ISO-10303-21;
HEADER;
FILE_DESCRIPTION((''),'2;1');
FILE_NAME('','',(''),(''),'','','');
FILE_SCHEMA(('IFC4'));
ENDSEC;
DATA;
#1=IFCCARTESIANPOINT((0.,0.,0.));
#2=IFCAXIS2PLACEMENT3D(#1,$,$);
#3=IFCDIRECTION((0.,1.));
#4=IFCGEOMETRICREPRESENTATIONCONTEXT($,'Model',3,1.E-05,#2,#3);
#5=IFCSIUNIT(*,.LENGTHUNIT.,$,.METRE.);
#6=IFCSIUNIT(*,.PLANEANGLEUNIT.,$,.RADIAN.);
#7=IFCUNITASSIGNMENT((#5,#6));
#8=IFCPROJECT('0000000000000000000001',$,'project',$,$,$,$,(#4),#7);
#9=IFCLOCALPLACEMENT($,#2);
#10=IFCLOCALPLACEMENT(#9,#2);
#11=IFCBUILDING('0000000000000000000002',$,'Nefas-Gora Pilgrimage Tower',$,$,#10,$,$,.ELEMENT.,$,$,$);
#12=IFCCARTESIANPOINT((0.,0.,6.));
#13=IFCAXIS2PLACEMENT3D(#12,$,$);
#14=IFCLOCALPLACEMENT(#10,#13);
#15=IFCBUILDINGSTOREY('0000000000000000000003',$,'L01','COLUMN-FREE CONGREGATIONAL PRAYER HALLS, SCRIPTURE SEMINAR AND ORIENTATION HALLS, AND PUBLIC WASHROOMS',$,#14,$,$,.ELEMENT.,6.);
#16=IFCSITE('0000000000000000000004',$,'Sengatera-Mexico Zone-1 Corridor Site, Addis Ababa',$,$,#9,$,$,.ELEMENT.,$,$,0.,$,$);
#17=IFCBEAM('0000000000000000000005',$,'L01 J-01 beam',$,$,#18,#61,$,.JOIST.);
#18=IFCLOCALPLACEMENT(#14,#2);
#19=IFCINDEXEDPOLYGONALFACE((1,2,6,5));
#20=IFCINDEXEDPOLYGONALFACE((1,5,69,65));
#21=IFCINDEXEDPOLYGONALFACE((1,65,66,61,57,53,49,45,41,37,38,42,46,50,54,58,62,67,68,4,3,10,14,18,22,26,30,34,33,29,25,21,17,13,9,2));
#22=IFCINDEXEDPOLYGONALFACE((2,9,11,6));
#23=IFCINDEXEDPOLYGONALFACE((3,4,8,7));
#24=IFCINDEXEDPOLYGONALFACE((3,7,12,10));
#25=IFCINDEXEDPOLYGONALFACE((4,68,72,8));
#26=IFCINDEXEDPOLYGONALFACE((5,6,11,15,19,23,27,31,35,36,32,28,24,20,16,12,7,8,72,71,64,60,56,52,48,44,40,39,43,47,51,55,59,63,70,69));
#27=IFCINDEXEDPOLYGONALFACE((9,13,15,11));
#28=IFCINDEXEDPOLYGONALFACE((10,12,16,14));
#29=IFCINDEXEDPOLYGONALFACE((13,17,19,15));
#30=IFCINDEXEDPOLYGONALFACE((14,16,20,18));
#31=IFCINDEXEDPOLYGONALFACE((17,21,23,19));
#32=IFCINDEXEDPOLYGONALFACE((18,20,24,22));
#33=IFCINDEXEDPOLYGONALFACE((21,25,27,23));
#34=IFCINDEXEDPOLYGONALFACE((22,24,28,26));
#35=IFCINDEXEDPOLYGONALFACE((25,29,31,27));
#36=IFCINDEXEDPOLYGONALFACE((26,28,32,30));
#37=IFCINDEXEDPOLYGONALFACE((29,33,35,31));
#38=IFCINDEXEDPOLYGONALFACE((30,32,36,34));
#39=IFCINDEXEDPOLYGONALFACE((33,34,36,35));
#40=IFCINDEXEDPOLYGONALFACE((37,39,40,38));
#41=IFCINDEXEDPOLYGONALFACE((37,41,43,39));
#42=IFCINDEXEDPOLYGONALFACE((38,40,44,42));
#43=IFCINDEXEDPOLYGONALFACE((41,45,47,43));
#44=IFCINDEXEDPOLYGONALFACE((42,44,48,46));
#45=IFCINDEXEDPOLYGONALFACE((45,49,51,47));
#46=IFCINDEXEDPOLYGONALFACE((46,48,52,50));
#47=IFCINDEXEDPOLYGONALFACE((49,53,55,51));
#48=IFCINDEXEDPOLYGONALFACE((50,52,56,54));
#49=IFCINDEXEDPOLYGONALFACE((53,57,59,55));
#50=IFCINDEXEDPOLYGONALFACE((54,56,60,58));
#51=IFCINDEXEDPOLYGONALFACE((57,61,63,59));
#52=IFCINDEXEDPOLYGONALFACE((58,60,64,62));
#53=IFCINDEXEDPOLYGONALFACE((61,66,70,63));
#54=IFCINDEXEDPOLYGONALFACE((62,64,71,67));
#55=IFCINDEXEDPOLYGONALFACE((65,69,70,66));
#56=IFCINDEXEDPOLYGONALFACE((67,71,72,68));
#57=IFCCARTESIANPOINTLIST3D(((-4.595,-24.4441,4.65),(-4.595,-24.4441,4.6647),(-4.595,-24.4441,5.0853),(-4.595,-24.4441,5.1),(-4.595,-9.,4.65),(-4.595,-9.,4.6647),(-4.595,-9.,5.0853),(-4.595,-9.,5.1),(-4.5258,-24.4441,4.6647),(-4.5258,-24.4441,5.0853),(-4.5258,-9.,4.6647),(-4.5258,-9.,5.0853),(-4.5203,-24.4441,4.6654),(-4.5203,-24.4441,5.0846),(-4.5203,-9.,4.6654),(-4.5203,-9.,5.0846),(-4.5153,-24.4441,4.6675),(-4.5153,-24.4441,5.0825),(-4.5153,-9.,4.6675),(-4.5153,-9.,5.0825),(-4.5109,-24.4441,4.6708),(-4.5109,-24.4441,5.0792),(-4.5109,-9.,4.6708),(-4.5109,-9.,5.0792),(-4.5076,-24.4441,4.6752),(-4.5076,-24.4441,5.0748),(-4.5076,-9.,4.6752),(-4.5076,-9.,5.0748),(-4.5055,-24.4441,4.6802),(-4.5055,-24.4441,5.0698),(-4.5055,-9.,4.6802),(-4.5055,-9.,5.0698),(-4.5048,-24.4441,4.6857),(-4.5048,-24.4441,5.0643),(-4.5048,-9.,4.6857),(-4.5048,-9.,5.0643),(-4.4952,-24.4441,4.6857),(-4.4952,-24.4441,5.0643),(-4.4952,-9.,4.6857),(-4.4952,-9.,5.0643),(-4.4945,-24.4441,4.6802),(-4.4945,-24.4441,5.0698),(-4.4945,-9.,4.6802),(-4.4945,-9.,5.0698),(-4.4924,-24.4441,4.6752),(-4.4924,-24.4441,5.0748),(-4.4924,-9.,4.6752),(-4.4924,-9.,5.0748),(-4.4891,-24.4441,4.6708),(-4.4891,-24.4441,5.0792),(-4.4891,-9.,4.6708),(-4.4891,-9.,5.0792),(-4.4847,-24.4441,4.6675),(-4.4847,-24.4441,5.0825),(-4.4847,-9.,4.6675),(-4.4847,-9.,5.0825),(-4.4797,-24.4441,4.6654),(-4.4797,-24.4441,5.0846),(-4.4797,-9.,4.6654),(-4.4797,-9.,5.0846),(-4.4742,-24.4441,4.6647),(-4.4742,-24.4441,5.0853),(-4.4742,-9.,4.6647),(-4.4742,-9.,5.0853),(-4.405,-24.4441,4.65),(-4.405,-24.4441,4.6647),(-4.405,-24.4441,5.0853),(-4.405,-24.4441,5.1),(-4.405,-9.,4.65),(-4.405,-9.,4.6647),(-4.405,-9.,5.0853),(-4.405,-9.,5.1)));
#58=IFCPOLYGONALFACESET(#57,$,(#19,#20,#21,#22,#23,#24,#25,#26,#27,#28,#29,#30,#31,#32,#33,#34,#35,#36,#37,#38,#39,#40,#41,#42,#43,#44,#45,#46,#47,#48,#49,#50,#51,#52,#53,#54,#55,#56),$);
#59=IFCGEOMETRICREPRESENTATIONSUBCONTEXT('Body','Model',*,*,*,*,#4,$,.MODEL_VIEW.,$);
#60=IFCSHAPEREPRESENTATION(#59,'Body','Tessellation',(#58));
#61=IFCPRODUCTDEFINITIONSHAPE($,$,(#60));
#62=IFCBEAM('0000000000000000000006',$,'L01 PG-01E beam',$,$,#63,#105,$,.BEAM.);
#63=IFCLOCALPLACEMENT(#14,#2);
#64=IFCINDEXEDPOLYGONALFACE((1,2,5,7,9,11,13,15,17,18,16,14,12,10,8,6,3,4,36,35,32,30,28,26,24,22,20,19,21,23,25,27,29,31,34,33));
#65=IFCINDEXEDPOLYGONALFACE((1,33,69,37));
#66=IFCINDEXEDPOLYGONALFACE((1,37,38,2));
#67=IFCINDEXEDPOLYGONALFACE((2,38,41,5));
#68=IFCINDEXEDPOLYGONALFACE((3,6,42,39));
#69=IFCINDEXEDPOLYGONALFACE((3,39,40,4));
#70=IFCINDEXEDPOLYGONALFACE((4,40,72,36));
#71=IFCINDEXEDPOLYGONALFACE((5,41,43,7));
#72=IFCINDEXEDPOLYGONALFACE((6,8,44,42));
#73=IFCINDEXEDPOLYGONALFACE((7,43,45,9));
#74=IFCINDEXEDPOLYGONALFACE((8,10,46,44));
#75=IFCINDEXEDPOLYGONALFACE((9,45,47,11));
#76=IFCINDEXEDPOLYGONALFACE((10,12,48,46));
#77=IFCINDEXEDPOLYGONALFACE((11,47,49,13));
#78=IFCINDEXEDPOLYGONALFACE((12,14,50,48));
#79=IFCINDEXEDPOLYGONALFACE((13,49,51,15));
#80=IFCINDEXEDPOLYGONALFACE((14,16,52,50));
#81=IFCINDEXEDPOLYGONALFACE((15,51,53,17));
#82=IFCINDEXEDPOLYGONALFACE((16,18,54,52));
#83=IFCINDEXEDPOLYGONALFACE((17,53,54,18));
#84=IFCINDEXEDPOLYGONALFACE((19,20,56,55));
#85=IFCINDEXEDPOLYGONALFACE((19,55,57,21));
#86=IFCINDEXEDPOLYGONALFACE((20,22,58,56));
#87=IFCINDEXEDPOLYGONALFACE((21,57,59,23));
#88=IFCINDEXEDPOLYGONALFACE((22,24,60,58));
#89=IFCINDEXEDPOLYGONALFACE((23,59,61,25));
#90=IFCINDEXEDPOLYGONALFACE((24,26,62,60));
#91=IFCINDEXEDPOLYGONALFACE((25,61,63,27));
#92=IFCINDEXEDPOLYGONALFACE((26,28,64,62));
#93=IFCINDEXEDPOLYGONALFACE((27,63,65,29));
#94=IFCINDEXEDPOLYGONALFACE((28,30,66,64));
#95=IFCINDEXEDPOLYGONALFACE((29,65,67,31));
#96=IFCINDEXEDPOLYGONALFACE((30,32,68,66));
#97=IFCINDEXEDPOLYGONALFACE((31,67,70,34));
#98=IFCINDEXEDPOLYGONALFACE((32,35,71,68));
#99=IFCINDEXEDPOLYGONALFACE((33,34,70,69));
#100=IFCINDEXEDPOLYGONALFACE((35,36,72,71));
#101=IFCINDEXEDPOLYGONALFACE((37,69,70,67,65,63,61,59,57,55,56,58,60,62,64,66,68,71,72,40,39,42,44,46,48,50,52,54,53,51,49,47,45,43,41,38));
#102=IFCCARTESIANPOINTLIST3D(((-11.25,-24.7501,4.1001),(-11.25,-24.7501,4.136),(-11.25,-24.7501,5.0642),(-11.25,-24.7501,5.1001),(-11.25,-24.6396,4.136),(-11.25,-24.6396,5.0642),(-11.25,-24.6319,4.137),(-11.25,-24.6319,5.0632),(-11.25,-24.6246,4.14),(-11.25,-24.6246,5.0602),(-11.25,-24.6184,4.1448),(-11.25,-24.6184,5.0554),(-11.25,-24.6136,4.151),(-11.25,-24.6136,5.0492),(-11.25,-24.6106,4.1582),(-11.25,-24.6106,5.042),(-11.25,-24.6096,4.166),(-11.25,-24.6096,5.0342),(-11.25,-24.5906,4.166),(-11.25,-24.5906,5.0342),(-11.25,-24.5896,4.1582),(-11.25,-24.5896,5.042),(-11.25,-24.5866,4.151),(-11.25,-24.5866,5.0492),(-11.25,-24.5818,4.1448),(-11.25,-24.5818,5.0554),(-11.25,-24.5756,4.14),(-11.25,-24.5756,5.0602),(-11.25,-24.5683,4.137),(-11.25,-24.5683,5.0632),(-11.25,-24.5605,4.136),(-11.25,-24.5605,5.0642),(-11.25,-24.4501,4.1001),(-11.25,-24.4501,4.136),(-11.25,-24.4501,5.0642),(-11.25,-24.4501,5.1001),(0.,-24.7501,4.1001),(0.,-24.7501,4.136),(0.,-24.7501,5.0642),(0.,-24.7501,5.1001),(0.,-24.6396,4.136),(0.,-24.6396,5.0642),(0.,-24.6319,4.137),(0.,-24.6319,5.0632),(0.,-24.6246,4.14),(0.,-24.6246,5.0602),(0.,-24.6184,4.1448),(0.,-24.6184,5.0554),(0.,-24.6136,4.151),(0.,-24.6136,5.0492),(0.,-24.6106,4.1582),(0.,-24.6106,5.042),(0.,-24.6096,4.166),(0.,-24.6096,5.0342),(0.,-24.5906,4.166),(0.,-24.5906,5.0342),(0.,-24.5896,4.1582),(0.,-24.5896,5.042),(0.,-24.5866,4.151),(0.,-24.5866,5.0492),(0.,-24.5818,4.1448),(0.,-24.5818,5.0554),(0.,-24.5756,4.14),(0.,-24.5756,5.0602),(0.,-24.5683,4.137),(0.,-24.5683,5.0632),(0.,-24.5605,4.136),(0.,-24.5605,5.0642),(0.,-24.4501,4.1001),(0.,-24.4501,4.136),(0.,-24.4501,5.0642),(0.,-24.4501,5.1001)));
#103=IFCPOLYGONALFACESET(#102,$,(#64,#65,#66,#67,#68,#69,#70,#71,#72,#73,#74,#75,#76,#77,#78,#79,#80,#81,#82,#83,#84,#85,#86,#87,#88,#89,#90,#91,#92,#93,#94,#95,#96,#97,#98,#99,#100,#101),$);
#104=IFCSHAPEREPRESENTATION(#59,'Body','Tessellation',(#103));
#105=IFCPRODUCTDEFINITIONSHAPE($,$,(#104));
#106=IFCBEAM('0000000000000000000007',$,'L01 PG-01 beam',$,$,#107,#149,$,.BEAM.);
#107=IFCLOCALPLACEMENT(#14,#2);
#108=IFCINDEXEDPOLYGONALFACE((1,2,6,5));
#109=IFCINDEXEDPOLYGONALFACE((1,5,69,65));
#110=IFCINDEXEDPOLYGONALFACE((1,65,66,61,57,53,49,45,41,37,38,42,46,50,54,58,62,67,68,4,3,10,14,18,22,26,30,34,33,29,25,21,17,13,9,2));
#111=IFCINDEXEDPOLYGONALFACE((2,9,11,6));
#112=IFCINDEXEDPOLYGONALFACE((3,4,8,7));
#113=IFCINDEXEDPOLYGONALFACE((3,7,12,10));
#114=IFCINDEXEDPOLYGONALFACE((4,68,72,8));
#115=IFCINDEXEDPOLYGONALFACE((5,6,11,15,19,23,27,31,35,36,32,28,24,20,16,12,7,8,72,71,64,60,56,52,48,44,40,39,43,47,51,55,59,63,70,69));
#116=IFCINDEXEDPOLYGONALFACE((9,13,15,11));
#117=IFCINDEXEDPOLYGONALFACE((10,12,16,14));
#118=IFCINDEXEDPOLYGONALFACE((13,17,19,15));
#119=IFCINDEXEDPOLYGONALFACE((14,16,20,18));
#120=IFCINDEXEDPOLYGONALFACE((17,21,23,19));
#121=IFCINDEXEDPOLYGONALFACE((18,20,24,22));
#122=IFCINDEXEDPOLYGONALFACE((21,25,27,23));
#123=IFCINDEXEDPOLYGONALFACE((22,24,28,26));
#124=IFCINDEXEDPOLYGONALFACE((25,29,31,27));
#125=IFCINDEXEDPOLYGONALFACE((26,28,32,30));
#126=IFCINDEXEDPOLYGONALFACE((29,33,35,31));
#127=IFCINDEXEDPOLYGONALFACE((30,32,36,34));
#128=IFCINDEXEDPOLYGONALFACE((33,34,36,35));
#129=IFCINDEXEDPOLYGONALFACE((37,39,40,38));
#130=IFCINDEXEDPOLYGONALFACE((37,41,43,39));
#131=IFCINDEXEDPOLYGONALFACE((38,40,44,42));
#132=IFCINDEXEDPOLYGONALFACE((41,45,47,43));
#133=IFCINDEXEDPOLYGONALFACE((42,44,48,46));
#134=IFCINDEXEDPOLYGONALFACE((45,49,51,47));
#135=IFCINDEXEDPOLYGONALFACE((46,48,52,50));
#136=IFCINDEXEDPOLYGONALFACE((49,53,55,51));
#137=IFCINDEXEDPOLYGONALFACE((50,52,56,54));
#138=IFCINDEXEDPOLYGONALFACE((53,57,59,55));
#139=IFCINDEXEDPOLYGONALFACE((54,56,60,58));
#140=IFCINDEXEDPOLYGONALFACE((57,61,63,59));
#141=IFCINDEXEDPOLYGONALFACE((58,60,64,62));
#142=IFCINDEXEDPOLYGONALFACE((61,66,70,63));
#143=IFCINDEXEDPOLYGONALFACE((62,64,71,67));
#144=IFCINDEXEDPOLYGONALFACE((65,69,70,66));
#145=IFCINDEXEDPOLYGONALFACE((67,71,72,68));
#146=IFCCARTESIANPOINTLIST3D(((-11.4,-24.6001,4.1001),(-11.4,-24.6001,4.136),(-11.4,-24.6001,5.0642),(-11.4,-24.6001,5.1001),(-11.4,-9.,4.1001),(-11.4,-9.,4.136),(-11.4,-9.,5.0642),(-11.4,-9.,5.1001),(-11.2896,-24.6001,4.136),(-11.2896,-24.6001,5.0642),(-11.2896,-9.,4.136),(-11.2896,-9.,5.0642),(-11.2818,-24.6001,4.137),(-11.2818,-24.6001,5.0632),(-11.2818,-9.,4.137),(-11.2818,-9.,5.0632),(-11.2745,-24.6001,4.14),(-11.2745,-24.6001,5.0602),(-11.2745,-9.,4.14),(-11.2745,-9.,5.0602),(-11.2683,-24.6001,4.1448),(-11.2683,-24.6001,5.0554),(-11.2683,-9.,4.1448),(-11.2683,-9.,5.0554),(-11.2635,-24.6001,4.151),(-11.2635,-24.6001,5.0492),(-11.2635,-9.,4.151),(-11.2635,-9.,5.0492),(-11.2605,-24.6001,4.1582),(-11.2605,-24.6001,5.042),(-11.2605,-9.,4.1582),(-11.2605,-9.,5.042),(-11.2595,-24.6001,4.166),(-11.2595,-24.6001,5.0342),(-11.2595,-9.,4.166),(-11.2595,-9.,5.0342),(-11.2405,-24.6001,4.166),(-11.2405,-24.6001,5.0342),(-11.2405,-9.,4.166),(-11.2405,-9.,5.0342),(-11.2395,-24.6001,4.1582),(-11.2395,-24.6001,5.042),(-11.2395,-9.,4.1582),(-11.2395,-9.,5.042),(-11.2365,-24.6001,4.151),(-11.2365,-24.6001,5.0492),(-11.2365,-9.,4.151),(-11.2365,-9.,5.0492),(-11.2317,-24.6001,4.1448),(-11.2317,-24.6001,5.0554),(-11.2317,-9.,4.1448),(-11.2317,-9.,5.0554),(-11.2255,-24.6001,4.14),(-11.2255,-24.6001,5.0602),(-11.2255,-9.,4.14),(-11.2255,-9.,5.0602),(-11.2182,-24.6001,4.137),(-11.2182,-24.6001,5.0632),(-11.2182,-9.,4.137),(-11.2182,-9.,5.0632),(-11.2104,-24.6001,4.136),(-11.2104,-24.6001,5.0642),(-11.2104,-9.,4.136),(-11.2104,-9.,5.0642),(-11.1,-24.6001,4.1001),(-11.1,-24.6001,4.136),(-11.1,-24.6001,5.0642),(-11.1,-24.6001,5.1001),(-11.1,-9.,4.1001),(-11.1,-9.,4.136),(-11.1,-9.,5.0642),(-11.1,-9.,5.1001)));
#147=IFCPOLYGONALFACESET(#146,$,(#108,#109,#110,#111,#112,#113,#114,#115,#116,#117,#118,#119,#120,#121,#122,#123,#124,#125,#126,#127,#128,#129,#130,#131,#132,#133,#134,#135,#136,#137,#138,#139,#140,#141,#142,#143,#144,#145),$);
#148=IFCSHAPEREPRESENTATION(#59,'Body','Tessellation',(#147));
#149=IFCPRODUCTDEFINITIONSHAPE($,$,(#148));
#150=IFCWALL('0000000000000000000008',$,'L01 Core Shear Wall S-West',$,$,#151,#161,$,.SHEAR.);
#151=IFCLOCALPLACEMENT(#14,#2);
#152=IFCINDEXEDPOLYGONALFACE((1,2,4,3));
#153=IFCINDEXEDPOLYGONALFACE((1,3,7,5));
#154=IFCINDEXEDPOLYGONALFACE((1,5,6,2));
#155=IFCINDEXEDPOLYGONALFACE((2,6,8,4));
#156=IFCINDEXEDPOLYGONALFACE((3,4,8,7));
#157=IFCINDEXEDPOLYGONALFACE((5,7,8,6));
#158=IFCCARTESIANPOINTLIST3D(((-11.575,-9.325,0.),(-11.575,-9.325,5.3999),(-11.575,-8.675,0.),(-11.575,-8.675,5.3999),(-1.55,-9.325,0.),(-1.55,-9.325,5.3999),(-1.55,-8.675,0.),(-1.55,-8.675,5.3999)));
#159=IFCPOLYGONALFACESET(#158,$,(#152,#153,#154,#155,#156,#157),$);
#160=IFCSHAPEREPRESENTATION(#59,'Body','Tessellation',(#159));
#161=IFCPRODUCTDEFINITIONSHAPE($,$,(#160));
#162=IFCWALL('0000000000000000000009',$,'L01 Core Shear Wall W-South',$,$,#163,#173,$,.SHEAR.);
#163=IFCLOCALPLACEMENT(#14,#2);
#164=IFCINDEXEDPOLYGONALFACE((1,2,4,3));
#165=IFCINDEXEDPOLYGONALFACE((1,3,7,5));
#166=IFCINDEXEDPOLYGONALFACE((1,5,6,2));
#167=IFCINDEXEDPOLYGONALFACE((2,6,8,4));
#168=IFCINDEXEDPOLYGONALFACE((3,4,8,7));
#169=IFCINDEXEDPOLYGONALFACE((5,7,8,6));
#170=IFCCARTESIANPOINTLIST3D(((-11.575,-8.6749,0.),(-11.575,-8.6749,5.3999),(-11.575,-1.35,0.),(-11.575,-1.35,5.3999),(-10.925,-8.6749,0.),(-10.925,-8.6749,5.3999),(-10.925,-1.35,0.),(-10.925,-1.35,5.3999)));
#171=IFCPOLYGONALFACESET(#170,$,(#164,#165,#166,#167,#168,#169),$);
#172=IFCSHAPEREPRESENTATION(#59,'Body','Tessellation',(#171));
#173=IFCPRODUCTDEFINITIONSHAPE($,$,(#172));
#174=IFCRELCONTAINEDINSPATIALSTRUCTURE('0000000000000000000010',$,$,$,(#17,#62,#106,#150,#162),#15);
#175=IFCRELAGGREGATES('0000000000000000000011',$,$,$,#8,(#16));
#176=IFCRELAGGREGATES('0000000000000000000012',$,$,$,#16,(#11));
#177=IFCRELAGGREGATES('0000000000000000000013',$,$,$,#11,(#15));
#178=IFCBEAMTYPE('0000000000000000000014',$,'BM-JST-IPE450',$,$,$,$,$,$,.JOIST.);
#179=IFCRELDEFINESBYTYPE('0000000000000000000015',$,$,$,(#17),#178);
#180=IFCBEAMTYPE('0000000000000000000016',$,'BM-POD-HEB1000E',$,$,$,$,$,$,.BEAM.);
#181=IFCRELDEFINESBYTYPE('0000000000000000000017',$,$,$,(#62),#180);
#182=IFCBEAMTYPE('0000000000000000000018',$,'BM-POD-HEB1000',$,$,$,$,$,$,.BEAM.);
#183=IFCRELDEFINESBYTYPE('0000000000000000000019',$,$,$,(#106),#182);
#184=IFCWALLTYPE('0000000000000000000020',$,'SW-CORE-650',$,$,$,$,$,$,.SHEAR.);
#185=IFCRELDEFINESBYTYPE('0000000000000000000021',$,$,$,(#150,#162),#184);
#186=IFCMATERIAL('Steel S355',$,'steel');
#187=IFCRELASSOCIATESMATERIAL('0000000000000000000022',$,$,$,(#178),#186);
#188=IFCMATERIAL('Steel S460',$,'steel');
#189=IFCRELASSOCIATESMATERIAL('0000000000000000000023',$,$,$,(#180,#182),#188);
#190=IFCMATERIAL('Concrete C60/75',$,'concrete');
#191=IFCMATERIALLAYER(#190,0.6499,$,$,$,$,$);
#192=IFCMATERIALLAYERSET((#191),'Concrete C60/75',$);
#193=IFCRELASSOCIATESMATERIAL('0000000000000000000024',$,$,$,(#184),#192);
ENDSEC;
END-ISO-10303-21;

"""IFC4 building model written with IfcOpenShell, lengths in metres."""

from ifc_helpers import new_model, si_unit, direction, frame, frame_2d, origin, origin_2d, place, context, subcontext, project, spatial, rectangle, i_section, extrude, source, transform, mapped, material, layer, layer_set, material_profile, profile_set, type_object, element, save


model = new_model("IFC4")

# Units and contexts
model_context = context("Model", 3, precision=1e-05, world=origin(), true_north=direction((0.0, 1.0)))
body_context = subcontext(model_context, "Body", "Model", "MODEL_VIEW")
ifc_project = project(units=[si_unit("LENGTHUNIT", "METRE"), si_unit("PLANEANGLEUNIT", "RADIAN")], contexts=[model_context])

# Site, building, storey
site_placement = place(None, origin())
site = spatial("IfcSite", under=ifc_project, at=site_placement, Name="Sengatera-Mexico Zone-1 Corridor Site, Addis Ababa", CompositionType="ELEMENT", RefElevation=0.0)
building_placement = place(site_placement, origin())
building = spatial("IfcBuilding", under=site, at=building_placement, Name="Nefas-Gora Pilgrimage Tower", CompositionType="ELEMENT")
storey_placement = place(building_placement, frame((0.0, 0.0, 6.0)))
storey = spatial("IfcBuildingStorey", under=building, at=storey_placement, Name="L01", Description="COLUMN-FREE CONGREGATIONAL PRAYER HALLS, SCRIPTURE SEMINAR AND ORIENTATION HALLS, AND PUBLIC WASHROOMS", CompositionType="ELEMENT", Elevation=6.0)

# Shared definitions
ifc_material_1 = material(Name="Steel S460", Category="steel")

# Beams
ifc_material_2 = material(Name="Concrete C60/75", Category="concrete")
ifc_material_3 = material(Name="Steel S355", Category="steel")
ifc_material_profile_1 = material_profile(ifc_material_3, i_section(OverallWidth=0.1899, OverallDepth=0.45, WebThickness=0.0095, FlangeThickness=0.0146, FilletRadius=0.021, at=origin_2d()), Name="IPE 450")
ifc_profile_set_1 = profile_set([ifc_material_profile_1], Name="Steel S355")
beam_type_1 = type_object("IfcBeamType", Name="BM-JST-IPE450", PredefinedType="JOIST", material=ifc_profile_set_1)
shared_shape_1 = source(origin(), body_context, "Body", "SweptSolid", [
    extrude(i_section(OverallWidth=0.1899, OverallDepth=0.45, WebThickness=0.0095, FlangeThickness=0.0146, FilletRadius=0.021, at=origin_2d()), origin(), (0.0, 0.0, 1.0), 15.4441),
])
beam_1_placement = place(storey_placement, frame((-4.5, -24.4441, 4.875), z_axis=(0.0, 1.0, 0.0), x_axis=(-1.0, 0.0, 0.0)))
element("IfcBeam", 1, at=beam_1_placement, inside=storey, type_object=beam_type_1, Name="L01 J-01 beam", PredefinedType="JOIST", context=body_context, shape_type="MappedRepresentation", body=[
    mapped(shared_shape_1, transform((0.0, 0.0, 0.0), x_axis=(1.0, 0.0, 0.0), y_axis=(0.0, 1.0, 0.0), z_axis=(0.0, 0.0, 1.0), scale=1.0)),
])
ifc_material_profile_2 = material_profile(ifc_material_1, i_section(OverallWidth=0.3, OverallDepth=1.0, WebThickness=0.019, FlangeThickness=0.0359, FilletRadius=0.03, at=origin_2d()), Name="HEB 1000")
ifc_profile_set_2 = profile_set([ifc_material_profile_2], Name="Steel S460")
beam_type_2 = type_object("IfcBeamType", Name="BM-POD-HEB1000E", PredefinedType="BEAM", material=ifc_profile_set_2)
shared_shape_2 = source(origin(), body_context, "Body", "SweptSolid", [
    extrude(i_section(OverallWidth=0.3, OverallDepth=1.0, WebThickness=0.019, FlangeThickness=0.0359, FilletRadius=0.03, at=origin_2d()), origin(), (0.0, 0.0, 1.0), 11.25),
])
beam_2_placement = place(storey_placement, frame((-11.25, -24.6001, 4.6001), z_axis=(1.0, 0.0, 0.0), x_axis=(0.0, 1.0, 0.0)))
element("IfcBeam", 2, at=beam_2_placement, inside=storey, type_object=beam_type_2, Name="L01 PG-01E beam", PredefinedType="BEAM", context=body_context, shape_type="MappedRepresentation", body=[
    mapped(shared_shape_2, transform((0.0, 0.0, 0.0), x_axis=(1.0, 0.0, 0.0), y_axis=(0.0, 1.0, 0.0), z_axis=(0.0, 0.0, 1.0), scale=1.0)),
])
ifc_material_profile_3 = material_profile(ifc_material_1, i_section(OverallWidth=0.3, OverallDepth=1.0, WebThickness=0.019, FlangeThickness=0.0359, FilletRadius=0.03, at=origin_2d()), Name="HEB 1000")
ifc_profile_set_3 = profile_set([ifc_material_profile_3], Name="Steel S460")
beam_type_3 = type_object("IfcBeamType", Name="BM-POD-HEB1000", PredefinedType="BEAM", material=ifc_profile_set_3)
shared_shape_3 = source(origin(), body_context, "Body", "SweptSolid", [
    extrude(i_section(OverallWidth=0.3, OverallDepth=1.0, WebThickness=0.019, FlangeThickness=0.0359, FilletRadius=0.03, at=origin_2d()), origin(), (0.0, 0.0, 1.0), 15.6001),
])
beam_3_placement = place(storey_placement, frame((-11.25, -24.6001, 4.6001), z_axis=(0.0, 1.0, 0.0), x_axis=(-1.0, 0.0, 0.0)))
element("IfcBeam", 3, at=beam_3_placement, inside=storey, type_object=beam_type_3, Name="L01 PG-01 beam", PredefinedType="BEAM", context=body_context, shape_type="MappedRepresentation", body=[
    mapped(shared_shape_3, transform((0.0, 0.0, 0.0), x_axis=(1.0, 0.0, 0.0), y_axis=(0.0, 1.0, 0.0), z_axis=(0.0, 0.0, 1.0), scale=1.0)),
])

# Walls
ifc_layer_1 = layer(ifc_material_2, 0.6499)
ifc_layer_set_1 = layer_set([ifc_layer_1], Name="Concrete C60/75")
wall_type_1 = type_object("IfcWallType", Name="SW-CORE-650", PredefinedType="SHEAR", material=ifc_layer_set_1)
shared_shape_4 = source(origin(), body_context, "Body", "SweptSolid", [
    extrude(rectangle(XDim=10.0249, YDim=0.6499, at=frame_2d((5.0125, 0.0))), origin(), (0.0, 0.0, 1.0), 5.3999),
])
wall_1_placement = place(storey_placement, frame((-11.575, -9.0, 0.0), z_axis=(0.0, 0.0, 1.0), x_axis=(1.0, 0.0, 0.0)))
element("IfcWall", 4, at=wall_1_placement, inside=storey, type_object=wall_type_1, Name="L01 Core Shear Wall S-West", PredefinedType="SHEAR", context=body_context, shape_type="MappedRepresentation", body=[
    mapped(shared_shape_4, transform((0.0, 0.0, 0.0), x_axis=(1.0, 0.0, 0.0), y_axis=(0.0, 1.0, 0.0), z_axis=(0.0, 0.0, 1.0), scale=1.0)),
])
shared_shape_5 = source(origin(), body_context, "Body", "SweptSolid", [
    extrude(rectangle(XDim=7.325, YDim=0.6499, at=frame_2d((3.6626, 0.0))), origin(), (0.0, 0.0, 1.0), 5.3999),
])
wall_2_placement = place(storey_placement, frame((-11.25, -8.675, 0.0), z_axis=(0.0, 0.0, 1.0), x_axis=(0.0, 1.0, 0.0)))
element("IfcWall", 5, at=wall_2_placement, inside=storey, type_object=wall_type_1, Name="L01 Core Shear Wall W-South", PredefinedType="SHEAR", context=body_context, shape_type="MappedRepresentation", body=[
    mapped(shared_shape_5, transform((0.0, 0.0, 0.0), x_axis=(1.0, 0.0, 0.0), y_axis=(0.0, 1.0, 0.0), z_axis=(0.0, 0.0, 1.0), scale=1.0)),
])

save(model, "model.ifc")
